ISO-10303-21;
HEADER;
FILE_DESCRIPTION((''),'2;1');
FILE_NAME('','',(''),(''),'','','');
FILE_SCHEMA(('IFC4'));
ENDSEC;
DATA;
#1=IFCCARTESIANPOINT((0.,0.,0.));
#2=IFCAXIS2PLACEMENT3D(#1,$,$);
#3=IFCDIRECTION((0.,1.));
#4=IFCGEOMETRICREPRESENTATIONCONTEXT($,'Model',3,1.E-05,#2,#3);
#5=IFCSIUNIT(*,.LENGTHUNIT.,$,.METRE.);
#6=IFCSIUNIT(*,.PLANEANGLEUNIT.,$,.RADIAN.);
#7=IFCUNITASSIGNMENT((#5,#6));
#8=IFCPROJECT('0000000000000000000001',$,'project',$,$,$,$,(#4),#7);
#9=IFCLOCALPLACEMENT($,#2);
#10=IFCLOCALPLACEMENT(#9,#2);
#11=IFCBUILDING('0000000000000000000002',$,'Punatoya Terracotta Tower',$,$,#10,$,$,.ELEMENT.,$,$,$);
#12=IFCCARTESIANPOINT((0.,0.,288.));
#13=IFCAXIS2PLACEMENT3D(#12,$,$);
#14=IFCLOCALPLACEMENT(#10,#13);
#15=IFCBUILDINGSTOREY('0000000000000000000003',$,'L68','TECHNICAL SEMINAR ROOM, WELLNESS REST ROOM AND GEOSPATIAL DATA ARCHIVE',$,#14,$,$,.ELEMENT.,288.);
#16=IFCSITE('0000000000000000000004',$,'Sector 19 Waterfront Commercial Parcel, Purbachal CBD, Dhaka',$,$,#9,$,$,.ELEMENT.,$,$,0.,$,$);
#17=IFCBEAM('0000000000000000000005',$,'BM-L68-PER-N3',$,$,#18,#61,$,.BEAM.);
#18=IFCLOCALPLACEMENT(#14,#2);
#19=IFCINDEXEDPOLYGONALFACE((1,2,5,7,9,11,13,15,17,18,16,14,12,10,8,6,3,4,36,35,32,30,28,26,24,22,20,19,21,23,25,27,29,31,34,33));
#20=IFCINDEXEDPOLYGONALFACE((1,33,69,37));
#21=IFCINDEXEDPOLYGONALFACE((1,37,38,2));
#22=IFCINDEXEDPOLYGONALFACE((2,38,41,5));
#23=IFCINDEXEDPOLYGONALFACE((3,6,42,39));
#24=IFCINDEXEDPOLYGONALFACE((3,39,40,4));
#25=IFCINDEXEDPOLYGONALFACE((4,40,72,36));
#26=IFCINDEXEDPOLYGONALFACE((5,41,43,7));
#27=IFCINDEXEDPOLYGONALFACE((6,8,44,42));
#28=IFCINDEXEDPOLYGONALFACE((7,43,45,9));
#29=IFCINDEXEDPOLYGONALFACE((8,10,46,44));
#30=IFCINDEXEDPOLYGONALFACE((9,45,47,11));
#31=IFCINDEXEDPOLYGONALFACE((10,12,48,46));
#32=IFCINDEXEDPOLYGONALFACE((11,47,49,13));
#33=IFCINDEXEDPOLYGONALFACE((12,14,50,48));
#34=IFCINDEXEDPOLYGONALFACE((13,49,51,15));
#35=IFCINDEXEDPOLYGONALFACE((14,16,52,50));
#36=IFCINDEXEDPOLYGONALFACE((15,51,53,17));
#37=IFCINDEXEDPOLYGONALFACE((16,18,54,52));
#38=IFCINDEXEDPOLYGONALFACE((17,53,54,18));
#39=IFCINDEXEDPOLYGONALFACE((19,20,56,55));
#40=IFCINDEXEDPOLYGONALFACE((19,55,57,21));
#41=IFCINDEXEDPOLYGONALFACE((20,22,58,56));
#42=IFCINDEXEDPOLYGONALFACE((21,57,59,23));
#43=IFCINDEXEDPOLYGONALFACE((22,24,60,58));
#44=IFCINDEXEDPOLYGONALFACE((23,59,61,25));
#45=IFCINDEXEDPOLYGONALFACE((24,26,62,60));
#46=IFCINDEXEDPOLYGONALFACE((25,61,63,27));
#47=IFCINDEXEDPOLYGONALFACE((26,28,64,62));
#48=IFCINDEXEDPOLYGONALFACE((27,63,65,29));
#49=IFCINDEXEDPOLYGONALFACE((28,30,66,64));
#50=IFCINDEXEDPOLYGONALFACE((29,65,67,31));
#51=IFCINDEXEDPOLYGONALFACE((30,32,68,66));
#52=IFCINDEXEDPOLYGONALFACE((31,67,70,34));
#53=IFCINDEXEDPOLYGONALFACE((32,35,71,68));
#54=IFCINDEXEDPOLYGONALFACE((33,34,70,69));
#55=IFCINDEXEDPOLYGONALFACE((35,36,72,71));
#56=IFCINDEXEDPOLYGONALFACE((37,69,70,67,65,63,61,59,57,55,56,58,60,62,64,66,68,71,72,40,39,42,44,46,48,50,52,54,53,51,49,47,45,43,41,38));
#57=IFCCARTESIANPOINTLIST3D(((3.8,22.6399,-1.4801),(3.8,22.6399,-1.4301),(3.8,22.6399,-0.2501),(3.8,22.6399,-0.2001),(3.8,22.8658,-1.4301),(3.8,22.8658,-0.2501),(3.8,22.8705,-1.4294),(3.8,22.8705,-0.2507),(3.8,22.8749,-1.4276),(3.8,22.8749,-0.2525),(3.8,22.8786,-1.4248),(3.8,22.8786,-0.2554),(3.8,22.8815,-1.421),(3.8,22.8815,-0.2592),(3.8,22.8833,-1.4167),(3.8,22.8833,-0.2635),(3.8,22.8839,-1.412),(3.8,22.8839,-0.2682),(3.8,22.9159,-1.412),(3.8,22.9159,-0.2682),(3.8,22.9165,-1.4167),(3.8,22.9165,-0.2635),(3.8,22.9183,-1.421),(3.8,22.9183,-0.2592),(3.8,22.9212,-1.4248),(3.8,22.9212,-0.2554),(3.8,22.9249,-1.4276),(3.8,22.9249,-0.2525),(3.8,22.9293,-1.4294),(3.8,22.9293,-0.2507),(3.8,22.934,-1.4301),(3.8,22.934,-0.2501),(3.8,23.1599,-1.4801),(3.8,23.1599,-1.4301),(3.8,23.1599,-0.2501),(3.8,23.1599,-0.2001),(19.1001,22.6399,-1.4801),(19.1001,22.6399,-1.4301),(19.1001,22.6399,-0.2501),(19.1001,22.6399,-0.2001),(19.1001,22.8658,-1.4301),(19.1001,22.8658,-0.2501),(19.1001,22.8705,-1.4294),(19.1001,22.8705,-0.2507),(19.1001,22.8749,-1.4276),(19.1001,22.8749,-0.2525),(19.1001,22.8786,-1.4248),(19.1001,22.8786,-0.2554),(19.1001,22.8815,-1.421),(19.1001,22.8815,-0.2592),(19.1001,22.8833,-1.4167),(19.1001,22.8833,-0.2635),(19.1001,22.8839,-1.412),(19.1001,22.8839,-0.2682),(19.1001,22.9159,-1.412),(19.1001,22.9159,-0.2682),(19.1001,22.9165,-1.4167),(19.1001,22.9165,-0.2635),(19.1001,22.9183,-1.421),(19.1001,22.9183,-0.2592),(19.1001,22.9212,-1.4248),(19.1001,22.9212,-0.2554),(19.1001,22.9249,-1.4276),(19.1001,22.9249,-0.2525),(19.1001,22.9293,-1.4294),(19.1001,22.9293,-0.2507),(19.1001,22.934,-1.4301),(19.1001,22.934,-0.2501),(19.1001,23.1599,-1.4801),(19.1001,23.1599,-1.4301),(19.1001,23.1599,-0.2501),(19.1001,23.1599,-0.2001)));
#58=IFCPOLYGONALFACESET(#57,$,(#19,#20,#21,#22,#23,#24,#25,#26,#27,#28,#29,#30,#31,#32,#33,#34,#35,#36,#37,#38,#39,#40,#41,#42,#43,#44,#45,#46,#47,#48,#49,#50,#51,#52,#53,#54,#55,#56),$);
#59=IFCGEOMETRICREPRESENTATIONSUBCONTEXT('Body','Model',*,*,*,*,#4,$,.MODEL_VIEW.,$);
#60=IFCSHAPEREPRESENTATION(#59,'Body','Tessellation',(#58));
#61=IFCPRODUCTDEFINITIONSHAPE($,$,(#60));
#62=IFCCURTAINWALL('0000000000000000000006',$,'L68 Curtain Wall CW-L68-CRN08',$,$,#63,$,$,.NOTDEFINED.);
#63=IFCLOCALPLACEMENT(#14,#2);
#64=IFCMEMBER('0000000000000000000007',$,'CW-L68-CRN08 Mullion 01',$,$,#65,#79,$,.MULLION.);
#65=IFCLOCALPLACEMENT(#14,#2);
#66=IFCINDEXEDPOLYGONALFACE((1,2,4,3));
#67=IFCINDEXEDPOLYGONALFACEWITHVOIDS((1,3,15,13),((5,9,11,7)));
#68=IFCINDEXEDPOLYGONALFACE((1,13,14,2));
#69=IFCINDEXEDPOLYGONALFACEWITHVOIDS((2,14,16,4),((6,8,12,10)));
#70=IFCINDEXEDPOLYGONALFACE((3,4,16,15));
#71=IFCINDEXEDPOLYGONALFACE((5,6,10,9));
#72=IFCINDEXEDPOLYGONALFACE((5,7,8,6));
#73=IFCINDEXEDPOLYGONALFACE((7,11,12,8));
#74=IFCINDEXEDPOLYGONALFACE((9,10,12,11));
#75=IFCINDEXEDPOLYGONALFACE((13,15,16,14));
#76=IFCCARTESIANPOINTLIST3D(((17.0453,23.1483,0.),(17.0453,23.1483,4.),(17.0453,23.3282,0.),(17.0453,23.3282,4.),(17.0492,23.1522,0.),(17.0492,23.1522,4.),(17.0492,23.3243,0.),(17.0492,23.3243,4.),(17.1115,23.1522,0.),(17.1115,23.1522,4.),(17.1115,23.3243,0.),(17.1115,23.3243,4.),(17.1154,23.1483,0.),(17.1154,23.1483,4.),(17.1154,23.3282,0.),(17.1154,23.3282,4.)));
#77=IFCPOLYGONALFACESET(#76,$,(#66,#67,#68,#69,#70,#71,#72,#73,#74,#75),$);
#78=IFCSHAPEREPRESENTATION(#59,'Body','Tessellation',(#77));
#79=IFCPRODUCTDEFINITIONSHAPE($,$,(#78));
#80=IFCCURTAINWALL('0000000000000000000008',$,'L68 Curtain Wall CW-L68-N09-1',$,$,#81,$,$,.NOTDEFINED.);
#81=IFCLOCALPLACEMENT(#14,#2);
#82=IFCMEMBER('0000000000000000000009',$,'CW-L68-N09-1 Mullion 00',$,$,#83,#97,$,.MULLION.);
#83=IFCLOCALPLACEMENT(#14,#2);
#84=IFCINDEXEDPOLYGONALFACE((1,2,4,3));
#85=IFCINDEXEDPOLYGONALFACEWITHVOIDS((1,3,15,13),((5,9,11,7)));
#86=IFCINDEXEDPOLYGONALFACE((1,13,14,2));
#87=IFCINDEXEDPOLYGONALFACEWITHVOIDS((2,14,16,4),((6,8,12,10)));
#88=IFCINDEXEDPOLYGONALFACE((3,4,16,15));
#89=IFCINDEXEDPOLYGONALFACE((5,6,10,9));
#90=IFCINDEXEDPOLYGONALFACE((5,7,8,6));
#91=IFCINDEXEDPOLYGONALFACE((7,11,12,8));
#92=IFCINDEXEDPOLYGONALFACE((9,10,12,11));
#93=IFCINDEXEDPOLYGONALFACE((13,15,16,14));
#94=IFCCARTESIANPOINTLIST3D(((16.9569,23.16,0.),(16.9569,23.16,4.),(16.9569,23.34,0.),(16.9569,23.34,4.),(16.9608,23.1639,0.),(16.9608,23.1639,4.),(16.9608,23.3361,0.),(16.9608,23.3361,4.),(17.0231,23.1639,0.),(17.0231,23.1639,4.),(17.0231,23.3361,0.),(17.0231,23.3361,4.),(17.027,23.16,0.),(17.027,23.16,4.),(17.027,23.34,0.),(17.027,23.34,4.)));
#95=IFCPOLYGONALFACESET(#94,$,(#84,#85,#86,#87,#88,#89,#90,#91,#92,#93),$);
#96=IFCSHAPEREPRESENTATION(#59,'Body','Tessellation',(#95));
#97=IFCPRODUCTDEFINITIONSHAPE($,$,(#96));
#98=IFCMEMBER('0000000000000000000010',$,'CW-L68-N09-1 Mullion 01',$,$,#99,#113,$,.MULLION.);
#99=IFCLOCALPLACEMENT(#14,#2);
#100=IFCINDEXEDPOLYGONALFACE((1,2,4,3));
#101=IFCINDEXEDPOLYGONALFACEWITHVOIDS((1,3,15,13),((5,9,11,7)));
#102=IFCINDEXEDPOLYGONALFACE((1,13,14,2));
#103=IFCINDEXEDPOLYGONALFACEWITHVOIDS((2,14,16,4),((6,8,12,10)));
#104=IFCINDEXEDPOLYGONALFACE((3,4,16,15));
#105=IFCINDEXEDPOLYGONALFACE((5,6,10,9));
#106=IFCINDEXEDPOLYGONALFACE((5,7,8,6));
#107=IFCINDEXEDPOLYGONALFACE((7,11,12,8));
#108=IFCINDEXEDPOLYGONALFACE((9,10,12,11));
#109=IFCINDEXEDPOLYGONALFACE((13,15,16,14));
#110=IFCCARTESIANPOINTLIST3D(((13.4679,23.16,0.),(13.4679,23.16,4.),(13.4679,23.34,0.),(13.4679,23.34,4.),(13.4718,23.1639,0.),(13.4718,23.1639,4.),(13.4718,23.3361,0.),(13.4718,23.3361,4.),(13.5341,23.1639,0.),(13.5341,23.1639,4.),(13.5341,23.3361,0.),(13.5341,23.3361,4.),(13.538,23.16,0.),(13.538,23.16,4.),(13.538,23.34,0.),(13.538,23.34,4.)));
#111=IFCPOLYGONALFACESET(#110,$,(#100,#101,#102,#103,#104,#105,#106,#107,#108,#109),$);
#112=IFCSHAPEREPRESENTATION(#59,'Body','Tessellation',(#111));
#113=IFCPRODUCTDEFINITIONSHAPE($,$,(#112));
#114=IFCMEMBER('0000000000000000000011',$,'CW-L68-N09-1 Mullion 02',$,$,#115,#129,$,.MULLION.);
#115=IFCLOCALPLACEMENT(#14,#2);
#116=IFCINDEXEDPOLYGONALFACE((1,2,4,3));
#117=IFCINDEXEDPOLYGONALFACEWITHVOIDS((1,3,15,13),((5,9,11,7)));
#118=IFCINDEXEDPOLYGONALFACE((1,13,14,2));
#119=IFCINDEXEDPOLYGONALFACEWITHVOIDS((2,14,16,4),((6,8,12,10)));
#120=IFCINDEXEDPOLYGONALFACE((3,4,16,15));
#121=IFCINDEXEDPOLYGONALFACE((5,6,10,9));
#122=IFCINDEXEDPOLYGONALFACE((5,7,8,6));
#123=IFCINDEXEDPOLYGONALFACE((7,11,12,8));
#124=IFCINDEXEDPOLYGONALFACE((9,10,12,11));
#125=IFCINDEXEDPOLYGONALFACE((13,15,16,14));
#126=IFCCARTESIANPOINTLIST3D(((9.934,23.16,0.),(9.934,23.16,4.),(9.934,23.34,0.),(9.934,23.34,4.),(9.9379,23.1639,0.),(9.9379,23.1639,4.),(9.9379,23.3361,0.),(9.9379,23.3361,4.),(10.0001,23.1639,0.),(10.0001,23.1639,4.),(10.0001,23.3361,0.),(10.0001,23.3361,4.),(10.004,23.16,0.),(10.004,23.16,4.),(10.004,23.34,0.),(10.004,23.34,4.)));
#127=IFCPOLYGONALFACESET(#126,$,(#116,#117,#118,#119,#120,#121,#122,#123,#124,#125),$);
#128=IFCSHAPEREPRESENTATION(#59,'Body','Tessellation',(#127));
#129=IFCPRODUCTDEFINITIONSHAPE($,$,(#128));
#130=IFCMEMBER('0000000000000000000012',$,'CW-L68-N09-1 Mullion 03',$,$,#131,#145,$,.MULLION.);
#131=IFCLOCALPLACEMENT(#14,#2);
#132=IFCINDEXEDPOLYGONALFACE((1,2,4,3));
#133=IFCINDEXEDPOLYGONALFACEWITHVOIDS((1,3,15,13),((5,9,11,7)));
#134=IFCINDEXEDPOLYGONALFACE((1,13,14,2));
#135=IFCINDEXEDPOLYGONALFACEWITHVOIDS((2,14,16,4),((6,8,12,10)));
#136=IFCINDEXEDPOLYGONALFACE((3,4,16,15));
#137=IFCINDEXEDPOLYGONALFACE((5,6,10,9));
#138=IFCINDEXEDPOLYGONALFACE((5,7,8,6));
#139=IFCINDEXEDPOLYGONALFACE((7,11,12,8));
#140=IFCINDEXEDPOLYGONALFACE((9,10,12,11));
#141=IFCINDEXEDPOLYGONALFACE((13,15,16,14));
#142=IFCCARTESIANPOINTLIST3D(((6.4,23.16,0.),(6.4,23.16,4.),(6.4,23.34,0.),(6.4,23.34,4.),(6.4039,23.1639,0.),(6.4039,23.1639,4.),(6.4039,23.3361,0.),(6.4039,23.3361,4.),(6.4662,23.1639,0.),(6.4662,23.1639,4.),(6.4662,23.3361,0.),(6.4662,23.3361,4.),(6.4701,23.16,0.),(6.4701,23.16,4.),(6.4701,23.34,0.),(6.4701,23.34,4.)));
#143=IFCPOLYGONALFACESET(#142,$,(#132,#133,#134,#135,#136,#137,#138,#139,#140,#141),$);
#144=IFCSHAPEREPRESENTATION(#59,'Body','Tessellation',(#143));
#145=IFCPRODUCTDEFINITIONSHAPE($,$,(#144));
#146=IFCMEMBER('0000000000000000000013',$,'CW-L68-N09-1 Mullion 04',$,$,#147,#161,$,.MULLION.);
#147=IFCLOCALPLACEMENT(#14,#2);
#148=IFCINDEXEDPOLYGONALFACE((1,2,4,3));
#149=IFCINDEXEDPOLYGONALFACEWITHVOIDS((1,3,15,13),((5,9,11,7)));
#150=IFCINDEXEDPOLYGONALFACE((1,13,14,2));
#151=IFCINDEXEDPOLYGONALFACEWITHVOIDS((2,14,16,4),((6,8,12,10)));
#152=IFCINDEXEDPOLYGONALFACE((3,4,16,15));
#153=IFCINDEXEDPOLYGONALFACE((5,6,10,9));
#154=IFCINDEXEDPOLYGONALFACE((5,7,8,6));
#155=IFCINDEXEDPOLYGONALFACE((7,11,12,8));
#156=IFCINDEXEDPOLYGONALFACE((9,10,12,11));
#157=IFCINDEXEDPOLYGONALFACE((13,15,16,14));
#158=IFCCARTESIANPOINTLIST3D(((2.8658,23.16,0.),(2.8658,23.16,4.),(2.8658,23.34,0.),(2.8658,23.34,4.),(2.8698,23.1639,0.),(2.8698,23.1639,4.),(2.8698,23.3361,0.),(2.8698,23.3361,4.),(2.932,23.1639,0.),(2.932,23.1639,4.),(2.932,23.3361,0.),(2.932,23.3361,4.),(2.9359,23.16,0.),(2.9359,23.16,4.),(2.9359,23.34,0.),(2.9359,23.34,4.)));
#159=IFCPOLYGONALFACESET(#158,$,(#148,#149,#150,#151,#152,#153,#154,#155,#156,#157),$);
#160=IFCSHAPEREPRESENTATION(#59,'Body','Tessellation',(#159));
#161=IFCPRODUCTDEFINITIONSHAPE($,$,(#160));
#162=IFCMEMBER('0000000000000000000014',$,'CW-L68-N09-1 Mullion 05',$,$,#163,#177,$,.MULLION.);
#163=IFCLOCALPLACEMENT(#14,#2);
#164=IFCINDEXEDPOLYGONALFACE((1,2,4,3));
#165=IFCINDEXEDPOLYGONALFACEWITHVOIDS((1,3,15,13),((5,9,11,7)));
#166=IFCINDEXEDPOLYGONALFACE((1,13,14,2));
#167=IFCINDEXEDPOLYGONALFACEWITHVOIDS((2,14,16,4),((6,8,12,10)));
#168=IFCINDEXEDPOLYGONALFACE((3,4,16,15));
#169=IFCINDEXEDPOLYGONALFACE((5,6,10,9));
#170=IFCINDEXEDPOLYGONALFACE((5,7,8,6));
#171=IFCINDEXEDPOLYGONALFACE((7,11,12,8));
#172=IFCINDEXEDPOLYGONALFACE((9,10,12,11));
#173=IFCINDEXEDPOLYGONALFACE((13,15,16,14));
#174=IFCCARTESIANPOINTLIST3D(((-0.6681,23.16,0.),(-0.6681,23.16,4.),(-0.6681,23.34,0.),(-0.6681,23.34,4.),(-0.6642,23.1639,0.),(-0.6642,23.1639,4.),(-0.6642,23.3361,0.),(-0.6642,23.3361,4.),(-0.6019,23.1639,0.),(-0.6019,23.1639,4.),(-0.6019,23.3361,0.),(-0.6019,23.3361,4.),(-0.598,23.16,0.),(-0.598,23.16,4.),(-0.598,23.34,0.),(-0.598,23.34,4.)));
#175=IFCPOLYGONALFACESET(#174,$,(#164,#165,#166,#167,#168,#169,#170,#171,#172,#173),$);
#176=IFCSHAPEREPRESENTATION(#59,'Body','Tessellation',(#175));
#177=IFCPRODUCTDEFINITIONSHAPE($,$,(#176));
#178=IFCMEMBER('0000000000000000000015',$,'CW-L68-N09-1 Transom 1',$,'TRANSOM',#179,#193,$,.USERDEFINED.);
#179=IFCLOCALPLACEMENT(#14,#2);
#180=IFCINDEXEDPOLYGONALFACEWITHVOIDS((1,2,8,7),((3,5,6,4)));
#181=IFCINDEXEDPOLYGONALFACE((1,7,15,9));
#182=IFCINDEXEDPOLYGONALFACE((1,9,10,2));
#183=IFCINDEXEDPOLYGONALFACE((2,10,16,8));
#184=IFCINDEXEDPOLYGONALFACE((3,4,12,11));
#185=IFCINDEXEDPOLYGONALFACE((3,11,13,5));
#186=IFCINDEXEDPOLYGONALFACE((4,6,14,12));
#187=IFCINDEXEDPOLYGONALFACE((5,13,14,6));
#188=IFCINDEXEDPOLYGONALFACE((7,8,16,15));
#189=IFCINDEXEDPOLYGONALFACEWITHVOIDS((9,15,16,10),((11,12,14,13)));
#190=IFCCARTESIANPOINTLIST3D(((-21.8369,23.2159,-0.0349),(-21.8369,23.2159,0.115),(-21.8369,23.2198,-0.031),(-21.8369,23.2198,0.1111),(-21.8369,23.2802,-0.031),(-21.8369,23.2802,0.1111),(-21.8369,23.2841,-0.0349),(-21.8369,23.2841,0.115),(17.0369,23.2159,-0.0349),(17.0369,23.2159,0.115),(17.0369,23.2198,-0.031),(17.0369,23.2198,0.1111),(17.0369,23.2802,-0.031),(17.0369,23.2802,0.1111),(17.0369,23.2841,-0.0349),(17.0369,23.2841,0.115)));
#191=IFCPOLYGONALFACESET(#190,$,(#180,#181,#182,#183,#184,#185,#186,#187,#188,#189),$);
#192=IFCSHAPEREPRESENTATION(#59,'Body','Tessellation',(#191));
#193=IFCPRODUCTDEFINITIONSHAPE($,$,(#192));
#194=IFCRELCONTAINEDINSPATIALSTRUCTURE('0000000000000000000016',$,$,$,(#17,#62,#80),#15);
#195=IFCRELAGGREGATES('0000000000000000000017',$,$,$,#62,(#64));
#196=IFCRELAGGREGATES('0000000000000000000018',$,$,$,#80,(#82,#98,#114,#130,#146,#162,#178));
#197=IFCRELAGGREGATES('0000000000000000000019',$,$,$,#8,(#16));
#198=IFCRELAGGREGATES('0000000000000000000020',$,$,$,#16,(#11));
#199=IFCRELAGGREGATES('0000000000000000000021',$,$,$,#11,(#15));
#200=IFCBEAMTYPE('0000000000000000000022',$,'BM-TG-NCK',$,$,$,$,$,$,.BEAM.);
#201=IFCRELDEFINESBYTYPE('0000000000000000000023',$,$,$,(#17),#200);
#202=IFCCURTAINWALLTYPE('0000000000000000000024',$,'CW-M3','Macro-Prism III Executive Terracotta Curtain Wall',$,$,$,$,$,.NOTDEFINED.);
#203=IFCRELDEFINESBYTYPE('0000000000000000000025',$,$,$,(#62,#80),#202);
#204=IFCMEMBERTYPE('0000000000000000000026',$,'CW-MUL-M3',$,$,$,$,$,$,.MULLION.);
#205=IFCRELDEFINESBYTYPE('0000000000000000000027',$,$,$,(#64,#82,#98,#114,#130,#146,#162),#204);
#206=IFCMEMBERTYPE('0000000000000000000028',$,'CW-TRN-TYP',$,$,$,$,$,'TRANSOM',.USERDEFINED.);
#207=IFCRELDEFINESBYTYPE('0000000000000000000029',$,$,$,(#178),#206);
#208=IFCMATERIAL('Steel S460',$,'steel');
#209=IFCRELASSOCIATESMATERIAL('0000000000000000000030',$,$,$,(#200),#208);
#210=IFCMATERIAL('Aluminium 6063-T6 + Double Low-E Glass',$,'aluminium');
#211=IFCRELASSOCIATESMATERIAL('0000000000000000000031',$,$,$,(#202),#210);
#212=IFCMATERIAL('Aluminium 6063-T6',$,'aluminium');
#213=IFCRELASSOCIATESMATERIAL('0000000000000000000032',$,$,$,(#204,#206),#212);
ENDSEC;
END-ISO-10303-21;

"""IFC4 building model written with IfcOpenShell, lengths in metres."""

from ifc_helpers import new_model, si_unit, direction, frame, origin, origin_2d, place, context, subcontext, project, spatial, hollow_rectangle, i_section, extrude, material, material_profile, profile_set, type_object, element, aggregate, save


model = new_model("IFC4")

# Units and contexts
model_context = context("Model", 3, precision=1e-05, world=origin(), true_north=direction((0.0, 1.0)))
body_context = subcontext(model_context, "Body", "Model", "MODEL_VIEW")
ifc_project = project(units=[si_unit("LENGTHUNIT", "METRE"), si_unit("PLANEANGLEUNIT", "RADIAN")], contexts=[model_context])

# Site, building, storey
site_placement = place(None, origin())
site = spatial("IfcSite", under=ifc_project, at=site_placement, Name="Sector 19 Waterfront Commercial Parcel, Purbachal CBD, Dhaka", CompositionType="ELEMENT", RefElevation=0.0)
building_placement = place(site_placement, origin())
building = spatial("IfcBuilding", under=site, at=building_placement, Name="Punatoya Terracotta Tower", CompositionType="ELEMENT")
storey_placement = place(building_placement, frame((0.0, 0.0, 288.0)))
storey = spatial("IfcBuildingStorey", under=building, at=storey_placement, Name="L68", Description="TECHNICAL SEMINAR ROOM, WELLNESS REST ROOM AND GEOSPATIAL DATA ARCHIVE", CompositionType="ELEMENT", Elevation=288.0)

# Shared definitions
ifc_material_1 = material(Name="Steel S460", Category="steel")

# Beam
ifc_material_profile_1 = material_profile(ifc_material_1, i_section(OverallWidth=0.52, OverallDepth=1.28, WebThickness=0.032, FlangeThickness=0.05, FilletRadius=0.0181, at=origin_2d()))
ifc_profile_set_1 = profile_set([ifc_material_profile_1], Name="Steel S460")
beam_type_1 = type_object("IfcBeamType", Name="BM-TG-NCK", PredefinedType="BEAM", material=ifc_profile_set_1)
beam_1_placement = place(storey_placement, frame((3.8, 22.8999, -0.8401), z_axis=(1.0, 0.0, 0.0), x_axis=(0.0, 1.0, 0.0)))
element("IfcBeam", 1, at=beam_1_placement, inside=storey, type_object=beam_type_1, Name="BM-L68-PER-N3", PredefinedType="BEAM", context=body_context, shape_type="SweptSolid", body=[
    extrude(i_section(OverallWidth=0.52, OverallDepth=1.28, WebThickness=0.032, FlangeThickness=0.05, FilletRadius=0.0181, at=origin_2d()), origin(), (0.0, 0.0, 1.0), 15.3),
])

# Curtain wall, member
ifc_material_2 = material(Name="Aluminium 6063-T6 + Double Low-E Glass", Category="aluminium")
curtain_wall_type = type_object("IfcCurtainWallType", Name="CW-M3", Description="Macro-Prism III Executive Terracotta Curtain Wall", PredefinedType="NOTDEFINED", material=ifc_material_2)
curtain_wall_1_placement = place(storey_placement, origin())
curtain_wall_1 = element("IfcCurtainWall", 2, at=curtain_wall_1_placement, inside=storey, type_object=curtain_wall_type, Name="L68 Curtain Wall CW-L68-CRN08", PredefinedType="NOTDEFINED")
ifc_material_3 = material(Name="Aluminium 6063-T6", Category="aluminium")
ifc_material_profile_2 = material_profile(ifc_material_3, hollow_rectangle(XDim=0.0701, YDim=0.1799, WallThickness=0.0039, at=origin_2d()))
ifc_profile_set_2 = profile_set([ifc_material_profile_2], Name="Aluminium 6063-T6")
member_type_1 = type_object("IfcMemberType", Name="CW-MUL-M3", PredefinedType="MULLION", material=ifc_profile_set_2)
member_1_placement = place(storey_placement, frame((17.0803, 23.2383, 0.0), z_axis=(0.0, 0.0, 1.0), x_axis=(1.0, 0.0, 0.0)))
member_1 = element("IfcMember", 3, at=member_1_placement, type_object=member_type_1, Name="CW-L68-CRN08 Mullion 01", PredefinedType="MULLION", context=body_context, shape_type="SweptSolid", body=[
    extrude(hollow_rectangle(XDim=0.0701, YDim=0.1799, WallThickness=0.0039, at=origin_2d()), origin(), (0.0, 0.0, 1.0), 4.0),
])

# Curtain wall, members
curtain_wall_2_placement = place(storey_placement, origin())
curtain_wall_2 = element("IfcCurtainWall", 4, at=curtain_wall_2_placement, inside=storey, type_object=curtain_wall_type, Name="L68 Curtain Wall CW-L68-N09-1", PredefinedType="NOTDEFINED")
member_2_placement = place(storey_placement, frame((16.9919, 23.25, 0.0), z_axis=(0.0, 0.0, 1.0), x_axis=(1.0, 0.0, 0.0)))
member_2 = element("IfcMember", 5, at=member_2_placement, type_object=member_type_1, Name="CW-L68-N09-1 Mullion 00", PredefinedType="MULLION", context=body_context, shape_type="SweptSolid", body=[
    extrude(hollow_rectangle(XDim=0.0701, YDim=0.1799, WallThickness=0.0039, at=origin_2d()), origin(), (0.0, 0.0, 1.0), 4.0),
])
member_3_placement = place(storey_placement, frame((13.5029, 23.25, 0.0), z_axis=(0.0, 0.0, 1.0), x_axis=(1.0, 0.0, 0.0)))
member_3 = element("IfcMember", 6, at=member_3_placement, type_object=member_type_1, Name="CW-L68-N09-1 Mullion 01", PredefinedType="MULLION", context=body_context, shape_type="SweptSolid", body=[
    extrude(hollow_rectangle(XDim=0.0701, YDim=0.1799, WallThickness=0.0039, at=origin_2d()), origin(), (0.0, 0.0, 1.0), 4.0),
])
member_4_placement = place(storey_placement, frame((9.969, 23.25, 0.0), z_axis=(0.0, 0.0, 1.0), x_axis=(1.0, 0.0, 0.0)))
member_4 = element("IfcMember", 7, at=member_4_placement, type_object=member_type_1, Name="CW-L68-N09-1 Mullion 02", PredefinedType="MULLION", context=body_context, shape_type="SweptSolid", body=[
    extrude(hollow_rectangle(XDim=0.0701, YDim=0.1799, WallThickness=0.0039, at=origin_2d()), origin(), (0.0, 0.0, 1.0), 4.0),
])
member_5_placement = place(storey_placement, frame((6.4351, 23.25, 0.0), z_axis=(0.0, 0.0, 1.0), x_axis=(1.0, 0.0, 0.0)))
member_5 = element("IfcMember", 8, at=member_5_placement, type_object=member_type_1, Name="CW-L68-N09-1 Mullion 03", PredefinedType="MULLION", context=body_context, shape_type="SweptSolid", body=[
    extrude(hollow_rectangle(XDim=0.0701, YDim=0.1799, WallThickness=0.0039, at=origin_2d()), origin(), (0.0, 0.0, 1.0), 4.0),
])
member_6_placement = place(storey_placement, frame((2.9009, 23.25, 0.0), z_axis=(0.0, 0.0, 1.0), x_axis=(1.0, 0.0, 0.0)))
member_6 = element("IfcMember", 9, at=member_6_placement, type_object=member_type_1, Name="CW-L68-N09-1 Mullion 04", PredefinedType="MULLION", context=body_context, shape_type="SweptSolid", body=[
    extrude(hollow_rectangle(XDim=0.0701, YDim=0.1799, WallThickness=0.0039, at=origin_2d()), origin(), (0.0, 0.0, 1.0), 4.0),
])
member_7_placement = place(storey_placement, frame((-0.6331, 23.25, 0.0), z_axis=(0.0, 0.0, 1.0), x_axis=(1.0, 0.0, 0.0)))
member_7 = element("IfcMember", 10, at=member_7_placement, type_object=member_type_1, Name="CW-L68-N09-1 Mullion 05", PredefinedType="MULLION", context=body_context, shape_type="SweptSolid", body=[
    extrude(hollow_rectangle(XDim=0.0701, YDim=0.1799, WallThickness=0.0039, at=origin_2d()), origin(), (0.0, 0.0, 1.0), 4.0),
])
ifc_material_profile_3 = material_profile(ifc_material_3, hollow_rectangle(XDim=0.0681, YDim=0.1499, WallThickness=0.0039, at=origin_2d()))
ifc_profile_set_3 = profile_set([ifc_material_profile_3], Name="Aluminium 6063-T6")
member_type_2 = type_object("IfcMemberType", Name="CW-TRN-TYP", ElementType="TRANSOM", PredefinedType="USERDEFINED", material=ifc_profile_set_3)
member_8_placement = place(storey_placement, frame((17.0369, 23.25, 0.04), z_axis=(-1.0, 0.0, 0.0), x_axis=(0.0, -1.0, 0.0)))
member_8 = element("IfcMember", 11, at=member_8_placement, type_object=member_type_2, Name="CW-L68-N09-1 Transom 1", ObjectType="TRANSOM", PredefinedType="USERDEFINED", context=body_context, shape_type="SweptSolid", body=[
    extrude(hollow_rectangle(XDim=0.0681, YDim=0.1499, WallThickness=0.0039, at=origin_2d()), origin(), (0.0, 0.0, 1.0), 38.8738),
])

aggregate(curtain_wall_1, [member_1])
aggregate(curtain_wall_2, [member_2, member_3, member_4, member_5, member_6, member_7, member_8])

save(model, "model.ifc")
